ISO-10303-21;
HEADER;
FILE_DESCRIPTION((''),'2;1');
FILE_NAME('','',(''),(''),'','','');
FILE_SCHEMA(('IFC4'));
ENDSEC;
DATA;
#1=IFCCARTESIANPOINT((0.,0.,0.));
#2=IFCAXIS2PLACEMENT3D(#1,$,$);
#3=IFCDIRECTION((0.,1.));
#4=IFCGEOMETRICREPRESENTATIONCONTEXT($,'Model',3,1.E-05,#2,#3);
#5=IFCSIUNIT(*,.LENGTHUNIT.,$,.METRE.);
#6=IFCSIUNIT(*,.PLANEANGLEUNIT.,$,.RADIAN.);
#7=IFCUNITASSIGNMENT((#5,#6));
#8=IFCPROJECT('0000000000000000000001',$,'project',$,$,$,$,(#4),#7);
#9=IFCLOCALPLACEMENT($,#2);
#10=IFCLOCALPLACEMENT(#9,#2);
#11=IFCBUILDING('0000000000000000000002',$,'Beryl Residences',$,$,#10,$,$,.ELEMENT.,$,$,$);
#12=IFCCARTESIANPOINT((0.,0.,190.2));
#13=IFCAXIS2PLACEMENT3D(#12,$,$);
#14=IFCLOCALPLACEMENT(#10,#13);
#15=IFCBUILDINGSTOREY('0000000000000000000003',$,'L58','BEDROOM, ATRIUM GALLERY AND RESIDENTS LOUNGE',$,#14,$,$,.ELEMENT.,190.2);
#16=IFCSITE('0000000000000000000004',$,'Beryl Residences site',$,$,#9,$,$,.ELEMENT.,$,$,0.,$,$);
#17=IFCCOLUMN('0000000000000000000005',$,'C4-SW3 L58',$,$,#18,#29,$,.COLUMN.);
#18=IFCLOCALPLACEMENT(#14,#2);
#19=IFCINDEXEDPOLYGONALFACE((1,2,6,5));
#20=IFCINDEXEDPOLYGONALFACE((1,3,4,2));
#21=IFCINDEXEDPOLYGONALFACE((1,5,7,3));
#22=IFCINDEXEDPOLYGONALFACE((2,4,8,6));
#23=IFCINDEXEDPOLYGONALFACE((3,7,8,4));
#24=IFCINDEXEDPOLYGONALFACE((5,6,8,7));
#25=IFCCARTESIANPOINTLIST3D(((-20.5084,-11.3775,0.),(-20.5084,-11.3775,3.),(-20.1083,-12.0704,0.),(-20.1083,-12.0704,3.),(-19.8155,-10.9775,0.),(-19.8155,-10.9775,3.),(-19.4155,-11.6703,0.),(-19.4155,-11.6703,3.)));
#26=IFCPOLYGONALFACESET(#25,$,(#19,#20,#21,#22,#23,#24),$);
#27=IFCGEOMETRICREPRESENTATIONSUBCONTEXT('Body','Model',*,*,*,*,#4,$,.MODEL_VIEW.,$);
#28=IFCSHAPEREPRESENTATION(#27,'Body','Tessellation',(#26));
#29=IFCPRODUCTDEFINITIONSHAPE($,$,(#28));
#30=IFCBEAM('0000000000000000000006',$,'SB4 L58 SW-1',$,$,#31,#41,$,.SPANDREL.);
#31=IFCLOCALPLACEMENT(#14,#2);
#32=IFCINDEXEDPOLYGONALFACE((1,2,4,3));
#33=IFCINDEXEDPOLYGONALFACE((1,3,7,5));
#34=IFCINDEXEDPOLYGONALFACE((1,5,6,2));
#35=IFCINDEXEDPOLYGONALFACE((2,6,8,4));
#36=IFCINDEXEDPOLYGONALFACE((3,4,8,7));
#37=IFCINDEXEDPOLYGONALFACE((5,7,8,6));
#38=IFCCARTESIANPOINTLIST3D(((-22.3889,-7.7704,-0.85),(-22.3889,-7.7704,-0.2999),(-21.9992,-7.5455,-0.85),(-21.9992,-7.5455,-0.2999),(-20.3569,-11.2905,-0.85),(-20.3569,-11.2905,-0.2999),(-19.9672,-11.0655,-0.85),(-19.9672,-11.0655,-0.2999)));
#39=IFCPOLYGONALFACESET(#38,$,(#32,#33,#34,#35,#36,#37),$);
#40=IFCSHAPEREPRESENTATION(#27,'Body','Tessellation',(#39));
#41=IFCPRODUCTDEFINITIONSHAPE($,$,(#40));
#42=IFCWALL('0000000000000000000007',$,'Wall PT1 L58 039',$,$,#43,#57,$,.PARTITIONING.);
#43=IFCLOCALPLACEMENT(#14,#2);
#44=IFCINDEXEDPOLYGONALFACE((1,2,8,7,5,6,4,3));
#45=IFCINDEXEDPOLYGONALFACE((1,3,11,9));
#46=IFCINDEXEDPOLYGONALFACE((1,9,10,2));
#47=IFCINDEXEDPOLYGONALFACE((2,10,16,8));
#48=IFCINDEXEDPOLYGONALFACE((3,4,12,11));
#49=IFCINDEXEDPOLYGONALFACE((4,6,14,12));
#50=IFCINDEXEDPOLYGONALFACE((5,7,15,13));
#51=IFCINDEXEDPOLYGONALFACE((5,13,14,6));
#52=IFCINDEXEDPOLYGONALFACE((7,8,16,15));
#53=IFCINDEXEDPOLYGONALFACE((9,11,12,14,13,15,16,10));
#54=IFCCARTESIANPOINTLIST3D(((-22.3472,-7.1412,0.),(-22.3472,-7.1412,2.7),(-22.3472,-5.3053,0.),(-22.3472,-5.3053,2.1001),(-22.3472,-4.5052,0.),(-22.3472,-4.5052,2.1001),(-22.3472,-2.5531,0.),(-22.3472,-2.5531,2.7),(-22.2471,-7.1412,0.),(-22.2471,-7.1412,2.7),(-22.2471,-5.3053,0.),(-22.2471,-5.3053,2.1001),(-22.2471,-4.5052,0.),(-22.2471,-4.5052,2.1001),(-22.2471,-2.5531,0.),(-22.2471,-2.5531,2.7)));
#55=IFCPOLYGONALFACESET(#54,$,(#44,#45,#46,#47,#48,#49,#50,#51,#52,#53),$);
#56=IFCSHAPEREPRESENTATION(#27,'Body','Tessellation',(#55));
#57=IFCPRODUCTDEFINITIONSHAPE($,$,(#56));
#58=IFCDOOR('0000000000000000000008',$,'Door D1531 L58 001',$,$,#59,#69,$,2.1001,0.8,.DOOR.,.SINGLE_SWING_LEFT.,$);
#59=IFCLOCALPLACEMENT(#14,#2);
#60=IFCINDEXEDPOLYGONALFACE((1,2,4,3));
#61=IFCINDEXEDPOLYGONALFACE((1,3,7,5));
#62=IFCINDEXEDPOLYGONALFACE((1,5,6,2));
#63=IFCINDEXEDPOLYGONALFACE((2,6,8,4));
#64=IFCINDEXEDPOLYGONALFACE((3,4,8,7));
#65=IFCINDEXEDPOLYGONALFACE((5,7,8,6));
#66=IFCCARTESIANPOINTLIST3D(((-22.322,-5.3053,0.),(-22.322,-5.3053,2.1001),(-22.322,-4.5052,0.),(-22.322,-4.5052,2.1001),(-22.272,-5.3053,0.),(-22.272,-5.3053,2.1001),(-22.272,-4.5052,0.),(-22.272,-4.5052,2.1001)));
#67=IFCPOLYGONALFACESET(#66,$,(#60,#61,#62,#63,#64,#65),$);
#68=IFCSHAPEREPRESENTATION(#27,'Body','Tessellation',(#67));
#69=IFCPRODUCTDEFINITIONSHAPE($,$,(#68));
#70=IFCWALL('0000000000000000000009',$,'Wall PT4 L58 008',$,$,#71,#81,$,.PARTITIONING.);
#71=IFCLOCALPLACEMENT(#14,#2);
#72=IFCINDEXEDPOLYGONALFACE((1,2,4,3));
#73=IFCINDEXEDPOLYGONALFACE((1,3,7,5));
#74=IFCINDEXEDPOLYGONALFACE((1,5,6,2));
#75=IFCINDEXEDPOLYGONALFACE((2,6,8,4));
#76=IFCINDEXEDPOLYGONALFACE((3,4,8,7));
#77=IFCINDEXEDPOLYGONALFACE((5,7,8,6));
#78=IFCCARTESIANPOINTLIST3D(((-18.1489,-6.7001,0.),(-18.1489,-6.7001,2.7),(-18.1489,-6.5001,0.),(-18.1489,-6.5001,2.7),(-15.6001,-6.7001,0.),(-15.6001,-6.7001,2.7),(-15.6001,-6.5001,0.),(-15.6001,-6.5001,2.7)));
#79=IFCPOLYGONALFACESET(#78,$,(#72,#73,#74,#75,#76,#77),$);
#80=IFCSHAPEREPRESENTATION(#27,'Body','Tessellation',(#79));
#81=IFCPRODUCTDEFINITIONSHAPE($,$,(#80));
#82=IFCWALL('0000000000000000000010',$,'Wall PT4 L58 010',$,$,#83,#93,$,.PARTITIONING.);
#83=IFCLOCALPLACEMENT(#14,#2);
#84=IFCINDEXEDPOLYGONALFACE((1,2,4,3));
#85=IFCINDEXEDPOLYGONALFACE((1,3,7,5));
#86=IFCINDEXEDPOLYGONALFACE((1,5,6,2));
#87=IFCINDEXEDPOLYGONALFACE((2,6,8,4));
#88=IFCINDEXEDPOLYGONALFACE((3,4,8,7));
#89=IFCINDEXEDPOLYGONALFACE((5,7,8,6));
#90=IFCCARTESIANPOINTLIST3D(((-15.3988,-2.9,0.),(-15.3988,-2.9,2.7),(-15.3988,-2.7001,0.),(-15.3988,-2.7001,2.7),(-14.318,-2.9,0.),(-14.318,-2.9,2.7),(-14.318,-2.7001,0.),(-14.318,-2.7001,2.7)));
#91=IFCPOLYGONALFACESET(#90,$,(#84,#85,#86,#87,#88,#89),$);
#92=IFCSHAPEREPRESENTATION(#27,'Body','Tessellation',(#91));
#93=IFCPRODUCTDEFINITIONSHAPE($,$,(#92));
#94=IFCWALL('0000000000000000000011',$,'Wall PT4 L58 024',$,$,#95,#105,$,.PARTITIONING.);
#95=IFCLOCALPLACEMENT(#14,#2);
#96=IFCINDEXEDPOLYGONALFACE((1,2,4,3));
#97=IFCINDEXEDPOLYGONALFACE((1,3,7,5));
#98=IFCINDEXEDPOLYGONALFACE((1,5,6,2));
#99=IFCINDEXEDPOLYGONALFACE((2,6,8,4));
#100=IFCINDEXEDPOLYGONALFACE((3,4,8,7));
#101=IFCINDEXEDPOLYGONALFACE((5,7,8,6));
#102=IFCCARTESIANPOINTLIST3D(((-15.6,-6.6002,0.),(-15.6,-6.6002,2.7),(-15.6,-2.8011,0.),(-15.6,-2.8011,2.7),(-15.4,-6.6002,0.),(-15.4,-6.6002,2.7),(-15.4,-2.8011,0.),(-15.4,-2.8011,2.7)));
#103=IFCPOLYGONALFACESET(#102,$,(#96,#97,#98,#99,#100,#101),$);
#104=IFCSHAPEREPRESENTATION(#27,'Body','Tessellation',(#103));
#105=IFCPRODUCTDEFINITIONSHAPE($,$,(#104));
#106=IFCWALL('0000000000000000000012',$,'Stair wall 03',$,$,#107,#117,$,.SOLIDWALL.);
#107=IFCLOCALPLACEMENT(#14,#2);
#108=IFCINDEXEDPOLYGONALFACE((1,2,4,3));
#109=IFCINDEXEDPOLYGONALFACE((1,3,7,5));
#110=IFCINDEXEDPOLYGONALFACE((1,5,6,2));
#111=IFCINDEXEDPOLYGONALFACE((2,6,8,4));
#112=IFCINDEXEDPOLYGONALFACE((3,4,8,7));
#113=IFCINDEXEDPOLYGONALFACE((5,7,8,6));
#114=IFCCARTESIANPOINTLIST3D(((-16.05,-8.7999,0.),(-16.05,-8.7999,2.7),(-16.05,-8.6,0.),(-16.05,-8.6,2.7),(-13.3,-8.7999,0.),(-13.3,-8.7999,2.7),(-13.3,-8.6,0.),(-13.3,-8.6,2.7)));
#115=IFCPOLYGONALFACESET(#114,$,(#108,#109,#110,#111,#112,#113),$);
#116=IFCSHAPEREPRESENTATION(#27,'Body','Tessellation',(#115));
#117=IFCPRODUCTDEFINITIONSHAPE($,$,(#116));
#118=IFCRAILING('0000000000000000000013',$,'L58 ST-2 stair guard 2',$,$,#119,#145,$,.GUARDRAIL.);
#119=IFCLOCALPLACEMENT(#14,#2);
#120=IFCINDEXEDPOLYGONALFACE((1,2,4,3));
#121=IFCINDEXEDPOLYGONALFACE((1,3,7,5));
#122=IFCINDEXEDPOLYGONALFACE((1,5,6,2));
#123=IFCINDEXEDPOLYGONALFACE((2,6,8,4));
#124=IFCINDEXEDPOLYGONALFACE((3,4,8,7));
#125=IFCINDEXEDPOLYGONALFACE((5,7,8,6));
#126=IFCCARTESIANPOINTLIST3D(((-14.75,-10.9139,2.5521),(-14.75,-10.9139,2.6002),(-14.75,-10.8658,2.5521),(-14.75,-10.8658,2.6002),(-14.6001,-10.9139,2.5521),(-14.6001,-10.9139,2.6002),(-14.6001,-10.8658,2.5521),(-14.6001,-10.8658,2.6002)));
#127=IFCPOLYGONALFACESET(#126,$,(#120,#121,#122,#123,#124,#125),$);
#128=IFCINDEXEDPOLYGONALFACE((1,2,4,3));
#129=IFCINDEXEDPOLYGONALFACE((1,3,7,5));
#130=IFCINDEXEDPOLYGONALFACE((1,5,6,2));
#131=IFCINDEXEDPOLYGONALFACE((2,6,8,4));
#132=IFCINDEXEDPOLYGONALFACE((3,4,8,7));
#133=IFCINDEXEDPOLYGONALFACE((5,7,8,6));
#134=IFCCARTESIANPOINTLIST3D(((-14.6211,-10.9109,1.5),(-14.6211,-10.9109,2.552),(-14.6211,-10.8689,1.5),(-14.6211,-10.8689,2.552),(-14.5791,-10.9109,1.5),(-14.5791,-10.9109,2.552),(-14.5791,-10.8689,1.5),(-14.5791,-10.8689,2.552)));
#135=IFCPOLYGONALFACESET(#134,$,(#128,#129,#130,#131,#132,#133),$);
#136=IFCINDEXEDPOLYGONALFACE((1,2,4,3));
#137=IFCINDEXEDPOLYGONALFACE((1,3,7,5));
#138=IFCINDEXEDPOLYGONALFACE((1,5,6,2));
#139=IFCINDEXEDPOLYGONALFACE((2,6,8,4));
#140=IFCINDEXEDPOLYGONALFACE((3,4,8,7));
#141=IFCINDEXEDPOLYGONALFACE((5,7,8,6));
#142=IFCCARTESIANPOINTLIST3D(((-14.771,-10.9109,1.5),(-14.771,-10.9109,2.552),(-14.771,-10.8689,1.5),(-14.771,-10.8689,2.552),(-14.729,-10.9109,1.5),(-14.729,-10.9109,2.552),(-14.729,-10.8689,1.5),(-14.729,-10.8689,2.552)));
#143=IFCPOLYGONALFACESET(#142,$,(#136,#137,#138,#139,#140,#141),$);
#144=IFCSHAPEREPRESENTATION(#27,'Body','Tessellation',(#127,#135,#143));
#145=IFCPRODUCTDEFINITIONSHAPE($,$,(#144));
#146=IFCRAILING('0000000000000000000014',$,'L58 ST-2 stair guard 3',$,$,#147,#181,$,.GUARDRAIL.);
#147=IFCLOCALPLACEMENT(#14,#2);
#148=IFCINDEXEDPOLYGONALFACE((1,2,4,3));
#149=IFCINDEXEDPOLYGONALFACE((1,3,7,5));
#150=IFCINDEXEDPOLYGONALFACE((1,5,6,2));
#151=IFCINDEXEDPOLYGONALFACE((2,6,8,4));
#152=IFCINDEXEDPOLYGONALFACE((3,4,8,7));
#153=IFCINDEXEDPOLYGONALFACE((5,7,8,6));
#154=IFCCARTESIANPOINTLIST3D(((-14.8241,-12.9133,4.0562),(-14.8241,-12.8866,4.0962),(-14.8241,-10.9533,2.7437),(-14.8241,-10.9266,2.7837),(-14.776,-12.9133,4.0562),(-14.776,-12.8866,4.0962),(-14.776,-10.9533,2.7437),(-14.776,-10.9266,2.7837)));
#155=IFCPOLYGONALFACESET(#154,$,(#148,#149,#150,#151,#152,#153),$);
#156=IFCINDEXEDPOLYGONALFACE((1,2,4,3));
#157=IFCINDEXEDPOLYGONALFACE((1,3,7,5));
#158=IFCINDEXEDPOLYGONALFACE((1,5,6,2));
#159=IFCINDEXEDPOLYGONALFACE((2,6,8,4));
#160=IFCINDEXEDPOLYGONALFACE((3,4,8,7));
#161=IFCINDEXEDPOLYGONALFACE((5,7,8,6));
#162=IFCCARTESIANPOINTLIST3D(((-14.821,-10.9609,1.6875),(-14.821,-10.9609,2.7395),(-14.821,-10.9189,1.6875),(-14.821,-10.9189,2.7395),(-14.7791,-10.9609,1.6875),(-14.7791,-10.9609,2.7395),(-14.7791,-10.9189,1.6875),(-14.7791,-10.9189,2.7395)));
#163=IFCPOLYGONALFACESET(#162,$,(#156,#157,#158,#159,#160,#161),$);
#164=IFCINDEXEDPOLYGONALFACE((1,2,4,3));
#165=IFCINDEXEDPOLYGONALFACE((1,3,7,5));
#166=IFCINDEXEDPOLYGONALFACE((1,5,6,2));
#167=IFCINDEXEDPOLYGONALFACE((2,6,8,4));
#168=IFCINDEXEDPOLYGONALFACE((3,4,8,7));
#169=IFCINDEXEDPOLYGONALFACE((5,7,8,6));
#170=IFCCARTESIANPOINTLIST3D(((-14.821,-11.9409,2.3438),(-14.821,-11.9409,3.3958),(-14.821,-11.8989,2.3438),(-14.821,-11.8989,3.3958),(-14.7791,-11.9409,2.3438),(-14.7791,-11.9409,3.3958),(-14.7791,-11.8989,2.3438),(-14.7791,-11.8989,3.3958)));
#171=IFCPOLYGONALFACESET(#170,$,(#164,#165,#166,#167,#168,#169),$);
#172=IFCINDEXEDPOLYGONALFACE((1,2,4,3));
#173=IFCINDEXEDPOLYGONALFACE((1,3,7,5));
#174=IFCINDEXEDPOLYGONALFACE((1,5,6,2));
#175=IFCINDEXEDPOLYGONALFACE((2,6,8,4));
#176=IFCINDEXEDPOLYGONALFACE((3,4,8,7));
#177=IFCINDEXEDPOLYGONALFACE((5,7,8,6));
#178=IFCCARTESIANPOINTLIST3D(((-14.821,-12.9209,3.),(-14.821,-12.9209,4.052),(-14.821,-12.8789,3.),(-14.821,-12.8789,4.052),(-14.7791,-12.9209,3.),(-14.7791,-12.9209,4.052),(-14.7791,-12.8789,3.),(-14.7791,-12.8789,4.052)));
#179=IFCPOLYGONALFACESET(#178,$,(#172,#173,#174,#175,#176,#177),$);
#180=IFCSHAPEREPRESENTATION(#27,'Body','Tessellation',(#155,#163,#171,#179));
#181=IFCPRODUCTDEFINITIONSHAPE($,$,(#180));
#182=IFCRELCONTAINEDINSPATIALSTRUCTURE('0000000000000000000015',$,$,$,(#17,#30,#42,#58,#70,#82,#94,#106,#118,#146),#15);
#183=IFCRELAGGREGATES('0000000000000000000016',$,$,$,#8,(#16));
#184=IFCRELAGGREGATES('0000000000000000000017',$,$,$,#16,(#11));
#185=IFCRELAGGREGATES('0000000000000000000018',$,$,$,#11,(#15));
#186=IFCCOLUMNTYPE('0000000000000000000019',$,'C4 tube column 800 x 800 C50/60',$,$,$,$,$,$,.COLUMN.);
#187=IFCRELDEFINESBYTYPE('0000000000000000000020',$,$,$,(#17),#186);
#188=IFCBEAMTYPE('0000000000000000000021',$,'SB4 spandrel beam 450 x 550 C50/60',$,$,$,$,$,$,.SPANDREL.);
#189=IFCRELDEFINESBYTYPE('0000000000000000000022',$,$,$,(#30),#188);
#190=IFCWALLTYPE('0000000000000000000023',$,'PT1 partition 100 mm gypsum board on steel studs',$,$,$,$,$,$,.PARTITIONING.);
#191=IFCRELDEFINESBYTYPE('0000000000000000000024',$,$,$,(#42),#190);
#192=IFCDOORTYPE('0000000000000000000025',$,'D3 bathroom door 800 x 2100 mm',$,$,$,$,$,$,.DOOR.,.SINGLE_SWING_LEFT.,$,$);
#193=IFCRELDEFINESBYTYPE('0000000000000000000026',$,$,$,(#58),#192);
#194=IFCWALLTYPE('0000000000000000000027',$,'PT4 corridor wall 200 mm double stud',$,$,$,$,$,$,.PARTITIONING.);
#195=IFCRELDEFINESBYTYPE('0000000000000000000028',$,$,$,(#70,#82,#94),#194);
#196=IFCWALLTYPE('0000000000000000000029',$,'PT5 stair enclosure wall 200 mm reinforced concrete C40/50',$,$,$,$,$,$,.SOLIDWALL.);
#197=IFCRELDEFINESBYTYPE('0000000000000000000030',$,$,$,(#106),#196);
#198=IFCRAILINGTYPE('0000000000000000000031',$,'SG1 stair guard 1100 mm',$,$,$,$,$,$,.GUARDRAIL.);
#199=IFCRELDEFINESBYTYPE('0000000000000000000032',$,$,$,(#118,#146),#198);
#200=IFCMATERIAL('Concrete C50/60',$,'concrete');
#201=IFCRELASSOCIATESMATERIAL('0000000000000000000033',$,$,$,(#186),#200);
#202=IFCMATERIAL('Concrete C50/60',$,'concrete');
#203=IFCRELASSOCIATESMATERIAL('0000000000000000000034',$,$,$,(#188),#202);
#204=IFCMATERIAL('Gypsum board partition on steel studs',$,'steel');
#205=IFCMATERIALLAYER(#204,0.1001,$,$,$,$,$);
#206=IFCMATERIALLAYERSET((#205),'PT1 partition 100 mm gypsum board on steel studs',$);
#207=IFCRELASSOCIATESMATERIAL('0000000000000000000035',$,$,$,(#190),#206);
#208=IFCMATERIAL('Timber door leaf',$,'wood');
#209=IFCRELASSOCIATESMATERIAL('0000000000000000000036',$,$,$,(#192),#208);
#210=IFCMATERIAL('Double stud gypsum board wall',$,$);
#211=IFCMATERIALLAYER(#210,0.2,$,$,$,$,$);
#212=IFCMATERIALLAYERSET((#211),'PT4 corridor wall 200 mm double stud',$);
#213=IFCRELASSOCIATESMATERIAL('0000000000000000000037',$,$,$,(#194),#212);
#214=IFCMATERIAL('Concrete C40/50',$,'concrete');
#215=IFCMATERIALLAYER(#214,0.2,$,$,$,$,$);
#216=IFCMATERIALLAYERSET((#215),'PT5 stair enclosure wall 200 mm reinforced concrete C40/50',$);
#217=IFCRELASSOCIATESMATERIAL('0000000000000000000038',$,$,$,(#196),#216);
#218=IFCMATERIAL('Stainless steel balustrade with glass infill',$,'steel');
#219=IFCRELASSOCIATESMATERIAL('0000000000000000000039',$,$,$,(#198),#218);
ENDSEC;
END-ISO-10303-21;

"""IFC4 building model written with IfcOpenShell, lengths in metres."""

from ifc_helpers import new_model, si_unit, direction, frame, frame_2d, origin, origin_2d, place, context, subcontext, project, spatial, rectangle, extrude, material, layer, layer_set, material_profile, profile_set, type_object, element, fill, save


model = new_model("IFC4")

# Units and contexts
model_context = context("Model", 3, precision=1e-05, world=origin(), true_north=direction((0.0, 1.0)))
body_context = subcontext(model_context, "Body", "Model", "MODEL_VIEW")
ifc_project = project(units=[si_unit("LENGTHUNIT", "METRE"), si_unit("PLANEANGLEUNIT", "RADIAN")], contexts=[model_context])

# Site, building, storey
site_placement = place(None, origin())
site = spatial("IfcSite", under=ifc_project, at=site_placement, Name="Beryl Residences site", CompositionType="ELEMENT", RefElevation=0.0)
building_placement = place(site_placement, origin())
building = spatial("IfcBuilding", under=site, at=building_placement, Name="Beryl Residences", CompositionType="ELEMENT")
storey_placement = place(building_placement, frame((0.0, 0.0, 190.2)))
storey = spatial("IfcBuildingStorey", under=building, at=storey_placement, Name="L58", Description="BEDROOM, ATRIUM GALLERY AND RESIDENTS LOUNGE", CompositionType="ELEMENT", Elevation=190.2)

# Column
ifc_material_1 = material(Name="Concrete C50/60", Category="concrete")
ifc_material_profile_1 = material_profile(ifc_material_1, rectangle(XDim=0.8, YDim=0.8, at=origin_2d()))
ifc_profile_set_1 = profile_set([ifc_material_profile_1], Name="Concrete C50/60")
column_type = type_object("IfcColumnType", Name="C4 tube column 800 x 800 C50/60", PredefinedType="COLUMN", material=ifc_profile_set_1)
column_placement = place(storey_placement, frame((-19.9619, -11.5239, 0.0), z_axis=(0.0, 0.0, 1.0), x_axis=(0.5, -0.866025, 0.0)))
element("IfcColumn", 1, at=column_placement, inside=storey, type_object=column_type, Name="C4-SW3 L58", PredefinedType="COLUMN", context=body_context, shape_type="SweptSolid", body=[
    extrude(rectangle(XDim=0.8, YDim=0.8, at=origin_2d()), origin(), (0.0, 0.0, 1.0), 3.0),
])

# Beam
ifc_material_2 = material(Name="Concrete C50/60", Category="concrete")
ifc_material_profile_2 = material_profile(ifc_material_2, rectangle(XDim=0.45, YDim=0.55, at=origin_2d()))
ifc_profile_set_2 = profile_set([ifc_material_profile_2], Name="Concrete C50/60")
beam_type = type_object("IfcBeamType", Name="SB4 spandrel beam 450 x 550 C50/60", PredefinedType="SPANDREL", material=ifc_profile_set_2)
beam_placement = place(storey_placement, frame((-22.1941, -7.658, -0.575), z_axis=(0.499944, -0.866058, 0.0), x_axis=(0.866058, 0.499944, 0.0)))
element("IfcBeam", 2, at=beam_placement, inside=storey, type_object=beam_type, Name="SB4 L58 SW-1", PredefinedType="SPANDREL", context=body_context, shape_type="SweptSolid", body=[
    extrude(rectangle(XDim=0.45, YDim=0.55, at=origin_2d()), origin(), (0.0, 0.0, 1.0), 4.0645),
])

# Wall, opening, door
ifc_material_3 = material(Name="Gypsum board partition on steel studs", Category="steel")
ifc_layer_1 = layer(ifc_material_3, 0.1001)
ifc_layer_set_1 = layer_set([ifc_layer_1], Name="PT1 partition 100 mm gypsum board on steel studs")
wall_type_1 = type_object("IfcWallType", Name="PT1 partition 100 mm gypsum board on steel studs", PredefinedType="PARTITIONING", material=ifc_layer_set_1)
wall_1_placement = place(storey_placement, frame((-22.2971, -7.1411, 0.0), z_axis=(0.0, 0.0, 1.0), x_axis=(0.0, 1.0, 0.0)))
wall_1 = element("IfcWall", 3, at=wall_1_placement, inside=storey, type_object=wall_type_1, Name="Wall PT1 L58 039", PredefinedType="PARTITIONING", context=body_context, shape_type="SweptSolid", body=[
    extrude(rectangle(XDim=4.5881, YDim=0.1001, at=frame_2d((2.2939, 0.0))), origin(), (0.0, 0.0, 1.0), 2.7),
])
opening_placement = place(wall_1_placement, frame((1.8359, 0.0, 0.0)))
opening = element("IfcOpeningElement", 4, at=opening_placement, cuts=wall_1, PredefinedType="OPENING", context=body_context, shape_type="SweptSolid", body=[
    extrude(rectangle(XDim=0.8, YDim=2.1001, at=frame_2d((0.3999, 1.05))), frame((0.0, 0.0601, 0.0), z_axis=(0.0, -1.0, 0.0), x_axis=(1.0, 0.0, 0.0)), (0.0, 0.0, 1.0), 0.1201),
])
ifc_material_4 = material(Name="Timber door leaf", Category="wood")
door_type = type_object("IfcDoorType", Name="D3 bathroom door 800 x 2100 mm", OperationType="SINGLE_SWING_LEFT", PredefinedType="DOOR", material=ifc_material_4)
door_placement = place(opening_placement, origin())
door = element("IfcDoor", 5, at=door_placement, inside=storey, type_object=door_type, Name="Door D1531 L58 001", OperationType="SINGLE_SWING_LEFT", OverallHeight=2.1001, OverallWidth=0.8, PredefinedType="DOOR", context=body_context, shape_type="SweptSolid", body=[
    extrude(rectangle(XDim=0.8, YDim=2.1001, at=frame_2d((0.3999, 1.05))), frame((0.0, 0.0249, 0.0), z_axis=(0.0, -1.0, 0.0), x_axis=(1.0, 0.0, 0.0)), (0.0, 0.0, 1.0), 0.05),
])
fill(opening, door)

# Walls
ifc_material_5 = material(Name="Double stud gypsum board wall")
ifc_layer_2 = layer(ifc_material_5, 0.2)
ifc_layer_set_2 = layer_set([ifc_layer_2], Name="PT4 corridor wall 200 mm double stud")
wall_type_2 = type_object("IfcWallType", Name="PT4 corridor wall 200 mm double stud", PredefinedType="PARTITIONING", material=ifc_layer_set_2)
wall_2_placement = place(storey_placement, frame((-18.1489, -6.6001, 0.0), z_axis=(0.0, 0.0, 1.0), x_axis=(1.0, 0.0, 0.0)))
element("IfcWall", 6, at=wall_2_placement, inside=storey, type_object=wall_type_2, Name="Wall PT4 L58 008", PredefinedType="PARTITIONING", context=body_context, shape_type="SweptSolid", body=[
    extrude(rectangle(XDim=2.5488, YDim=0.2, at=frame_2d((1.2744, 0.0))), origin(), (0.0, 0.0, 1.0), 2.7),
])
wall_3_placement = place(storey_placement, frame((-15.3989, -2.8, 0.0), z_axis=(0.0, 0.0, 1.0), x_axis=(1.0, 0.0, 0.0)))
element("IfcWall", 7, at=wall_3_placement, inside=storey, type_object=wall_type_2, Name="Wall PT4 L58 010", PredefinedType="PARTITIONING", context=body_context, shape_type="SweptSolid", body=[
    extrude(rectangle(XDim=1.0808, YDim=0.2, at=frame_2d((0.5405, 0.0))), origin(), (0.0, 0.0, 1.0), 2.7),
])
wall_4_placement = place(storey_placement, frame((-15.5, -6.6001, 0.0), z_axis=(0.0, 0.0, 1.0), x_axis=(0.0, 1.0, 0.0)))
element("IfcWall", 8, at=wall_4_placement, inside=storey, type_object=wall_type_2, Name="Wall PT4 L58 024", PredefinedType="PARTITIONING", context=body_context, shape_type="SweptSolid", body=[
    extrude(rectangle(XDim=3.7991, YDim=0.2, at=frame_2d((1.8994, 0.0))), origin(), (0.0, 0.0, 1.0), 2.7),
])
ifc_material_6 = material(Name="Concrete C40/50", Category="concrete")
ifc_layer_3 = layer(ifc_material_6, 0.2)
ifc_layer_set_3 = layer_set([ifc_layer_3], Name="PT5 stair enclosure wall 200 mm reinforced concrete C40/50")
wall_type_3 = type_object("IfcWallType", Name="PT5 stair enclosure wall 200 mm reinforced concrete C40/50", PredefinedType="SOLIDWALL", material=ifc_layer_set_3)
wall_5_placement = place(storey_placement, frame((-16.05, -8.7, 0.0), z_axis=(0.0, 0.0, 1.0), x_axis=(1.0, 0.0, 0.0)))
element("IfcWall", 9, at=wall_5_placement, inside=storey, type_object=wall_type_3, Name="Stair wall 03", PredefinedType="SOLIDWALL", context=body_context, shape_type="SweptSolid", body=[
    extrude(rectangle(XDim=2.75, YDim=0.2, at=frame_2d((1.375, 0.0))), origin(), (0.0, 0.0, 1.0), 2.7),
])

# Railings
ifc_material_7 = material(Name="Stainless steel balustrade with glass infill", Category="steel")
railing_type_1 = type_object("IfcRailingType", Name="SG1 stair guard 1100 mm", PredefinedType="GUARDRAIL", material=ifc_material_7)
railing_1_placement = place(storey_placement, frame((-14.6001, -10.8899, 1.5)))
element("IfcRailing", 10, at=railing_1_placement, inside=storey, type_object=railing_type_1, Name="L58 ST-2 stair guard 2", PredefinedType="GUARDRAIL", context=body_context, shape_type="SweptSolid", body=[
    extrude(rectangle(XDim=0.0481, YDim=0.0481, at=origin_2d()), frame((0.0, 0.0, 1.0762), z_axis=(-1.0, 0.0, 0.0), x_axis=(0.0, -1.0, 0.0)), (0.0, 0.0, 1.0), 0.1499),
    extrude(rectangle(XDim=0.042, YDim=0.042, at=origin_2d()), origin(), (0.0, 0.0, 1.0), 1.052),
    extrude(rectangle(XDim=0.042, YDim=0.042, at=origin_2d()), frame((-0.1499, 0.0, 0.0)), (0.0, 0.0, 1.0), 1.052),
])
railing_2_placement = place(storey_placement, frame((-14.8, -10.9399, 1.6875)))
element("IfcRailing", 11, at=railing_2_placement, inside=storey, type_object=railing_type_1, Name="L58 ST-2 stair guard 3", PredefinedType="GUARDRAIL", context=body_context, shape_type="SweptSolid", body=[
    extrude(rectangle(XDim=0.0481, YDim=0.0481, at=origin_2d()), frame((0.0, 0.0, 1.0762), z_axis=(0.0, -0.830902, 0.556419), x_axis=(1.0, 0.0, 0.0)), (0.0, 0.0, 1.0), 2.3589),
    extrude(rectangle(XDim=0.042, YDim=0.042, at=origin_2d()), origin(), (0.0, 0.0, 1.0), 1.052),
    extrude(rectangle(XDim=0.042, YDim=0.042, at=origin_2d()), frame((0.0, -0.98, 0.6562)), (0.0, 0.0, 1.0), 1.052),
    extrude(rectangle(XDim=0.042, YDim=0.042, at=origin_2d()), frame((0.0, -1.96, 1.3125)), (0.0, 0.0, 1.0), 1.052),
])

save(model, "model.ifc")
